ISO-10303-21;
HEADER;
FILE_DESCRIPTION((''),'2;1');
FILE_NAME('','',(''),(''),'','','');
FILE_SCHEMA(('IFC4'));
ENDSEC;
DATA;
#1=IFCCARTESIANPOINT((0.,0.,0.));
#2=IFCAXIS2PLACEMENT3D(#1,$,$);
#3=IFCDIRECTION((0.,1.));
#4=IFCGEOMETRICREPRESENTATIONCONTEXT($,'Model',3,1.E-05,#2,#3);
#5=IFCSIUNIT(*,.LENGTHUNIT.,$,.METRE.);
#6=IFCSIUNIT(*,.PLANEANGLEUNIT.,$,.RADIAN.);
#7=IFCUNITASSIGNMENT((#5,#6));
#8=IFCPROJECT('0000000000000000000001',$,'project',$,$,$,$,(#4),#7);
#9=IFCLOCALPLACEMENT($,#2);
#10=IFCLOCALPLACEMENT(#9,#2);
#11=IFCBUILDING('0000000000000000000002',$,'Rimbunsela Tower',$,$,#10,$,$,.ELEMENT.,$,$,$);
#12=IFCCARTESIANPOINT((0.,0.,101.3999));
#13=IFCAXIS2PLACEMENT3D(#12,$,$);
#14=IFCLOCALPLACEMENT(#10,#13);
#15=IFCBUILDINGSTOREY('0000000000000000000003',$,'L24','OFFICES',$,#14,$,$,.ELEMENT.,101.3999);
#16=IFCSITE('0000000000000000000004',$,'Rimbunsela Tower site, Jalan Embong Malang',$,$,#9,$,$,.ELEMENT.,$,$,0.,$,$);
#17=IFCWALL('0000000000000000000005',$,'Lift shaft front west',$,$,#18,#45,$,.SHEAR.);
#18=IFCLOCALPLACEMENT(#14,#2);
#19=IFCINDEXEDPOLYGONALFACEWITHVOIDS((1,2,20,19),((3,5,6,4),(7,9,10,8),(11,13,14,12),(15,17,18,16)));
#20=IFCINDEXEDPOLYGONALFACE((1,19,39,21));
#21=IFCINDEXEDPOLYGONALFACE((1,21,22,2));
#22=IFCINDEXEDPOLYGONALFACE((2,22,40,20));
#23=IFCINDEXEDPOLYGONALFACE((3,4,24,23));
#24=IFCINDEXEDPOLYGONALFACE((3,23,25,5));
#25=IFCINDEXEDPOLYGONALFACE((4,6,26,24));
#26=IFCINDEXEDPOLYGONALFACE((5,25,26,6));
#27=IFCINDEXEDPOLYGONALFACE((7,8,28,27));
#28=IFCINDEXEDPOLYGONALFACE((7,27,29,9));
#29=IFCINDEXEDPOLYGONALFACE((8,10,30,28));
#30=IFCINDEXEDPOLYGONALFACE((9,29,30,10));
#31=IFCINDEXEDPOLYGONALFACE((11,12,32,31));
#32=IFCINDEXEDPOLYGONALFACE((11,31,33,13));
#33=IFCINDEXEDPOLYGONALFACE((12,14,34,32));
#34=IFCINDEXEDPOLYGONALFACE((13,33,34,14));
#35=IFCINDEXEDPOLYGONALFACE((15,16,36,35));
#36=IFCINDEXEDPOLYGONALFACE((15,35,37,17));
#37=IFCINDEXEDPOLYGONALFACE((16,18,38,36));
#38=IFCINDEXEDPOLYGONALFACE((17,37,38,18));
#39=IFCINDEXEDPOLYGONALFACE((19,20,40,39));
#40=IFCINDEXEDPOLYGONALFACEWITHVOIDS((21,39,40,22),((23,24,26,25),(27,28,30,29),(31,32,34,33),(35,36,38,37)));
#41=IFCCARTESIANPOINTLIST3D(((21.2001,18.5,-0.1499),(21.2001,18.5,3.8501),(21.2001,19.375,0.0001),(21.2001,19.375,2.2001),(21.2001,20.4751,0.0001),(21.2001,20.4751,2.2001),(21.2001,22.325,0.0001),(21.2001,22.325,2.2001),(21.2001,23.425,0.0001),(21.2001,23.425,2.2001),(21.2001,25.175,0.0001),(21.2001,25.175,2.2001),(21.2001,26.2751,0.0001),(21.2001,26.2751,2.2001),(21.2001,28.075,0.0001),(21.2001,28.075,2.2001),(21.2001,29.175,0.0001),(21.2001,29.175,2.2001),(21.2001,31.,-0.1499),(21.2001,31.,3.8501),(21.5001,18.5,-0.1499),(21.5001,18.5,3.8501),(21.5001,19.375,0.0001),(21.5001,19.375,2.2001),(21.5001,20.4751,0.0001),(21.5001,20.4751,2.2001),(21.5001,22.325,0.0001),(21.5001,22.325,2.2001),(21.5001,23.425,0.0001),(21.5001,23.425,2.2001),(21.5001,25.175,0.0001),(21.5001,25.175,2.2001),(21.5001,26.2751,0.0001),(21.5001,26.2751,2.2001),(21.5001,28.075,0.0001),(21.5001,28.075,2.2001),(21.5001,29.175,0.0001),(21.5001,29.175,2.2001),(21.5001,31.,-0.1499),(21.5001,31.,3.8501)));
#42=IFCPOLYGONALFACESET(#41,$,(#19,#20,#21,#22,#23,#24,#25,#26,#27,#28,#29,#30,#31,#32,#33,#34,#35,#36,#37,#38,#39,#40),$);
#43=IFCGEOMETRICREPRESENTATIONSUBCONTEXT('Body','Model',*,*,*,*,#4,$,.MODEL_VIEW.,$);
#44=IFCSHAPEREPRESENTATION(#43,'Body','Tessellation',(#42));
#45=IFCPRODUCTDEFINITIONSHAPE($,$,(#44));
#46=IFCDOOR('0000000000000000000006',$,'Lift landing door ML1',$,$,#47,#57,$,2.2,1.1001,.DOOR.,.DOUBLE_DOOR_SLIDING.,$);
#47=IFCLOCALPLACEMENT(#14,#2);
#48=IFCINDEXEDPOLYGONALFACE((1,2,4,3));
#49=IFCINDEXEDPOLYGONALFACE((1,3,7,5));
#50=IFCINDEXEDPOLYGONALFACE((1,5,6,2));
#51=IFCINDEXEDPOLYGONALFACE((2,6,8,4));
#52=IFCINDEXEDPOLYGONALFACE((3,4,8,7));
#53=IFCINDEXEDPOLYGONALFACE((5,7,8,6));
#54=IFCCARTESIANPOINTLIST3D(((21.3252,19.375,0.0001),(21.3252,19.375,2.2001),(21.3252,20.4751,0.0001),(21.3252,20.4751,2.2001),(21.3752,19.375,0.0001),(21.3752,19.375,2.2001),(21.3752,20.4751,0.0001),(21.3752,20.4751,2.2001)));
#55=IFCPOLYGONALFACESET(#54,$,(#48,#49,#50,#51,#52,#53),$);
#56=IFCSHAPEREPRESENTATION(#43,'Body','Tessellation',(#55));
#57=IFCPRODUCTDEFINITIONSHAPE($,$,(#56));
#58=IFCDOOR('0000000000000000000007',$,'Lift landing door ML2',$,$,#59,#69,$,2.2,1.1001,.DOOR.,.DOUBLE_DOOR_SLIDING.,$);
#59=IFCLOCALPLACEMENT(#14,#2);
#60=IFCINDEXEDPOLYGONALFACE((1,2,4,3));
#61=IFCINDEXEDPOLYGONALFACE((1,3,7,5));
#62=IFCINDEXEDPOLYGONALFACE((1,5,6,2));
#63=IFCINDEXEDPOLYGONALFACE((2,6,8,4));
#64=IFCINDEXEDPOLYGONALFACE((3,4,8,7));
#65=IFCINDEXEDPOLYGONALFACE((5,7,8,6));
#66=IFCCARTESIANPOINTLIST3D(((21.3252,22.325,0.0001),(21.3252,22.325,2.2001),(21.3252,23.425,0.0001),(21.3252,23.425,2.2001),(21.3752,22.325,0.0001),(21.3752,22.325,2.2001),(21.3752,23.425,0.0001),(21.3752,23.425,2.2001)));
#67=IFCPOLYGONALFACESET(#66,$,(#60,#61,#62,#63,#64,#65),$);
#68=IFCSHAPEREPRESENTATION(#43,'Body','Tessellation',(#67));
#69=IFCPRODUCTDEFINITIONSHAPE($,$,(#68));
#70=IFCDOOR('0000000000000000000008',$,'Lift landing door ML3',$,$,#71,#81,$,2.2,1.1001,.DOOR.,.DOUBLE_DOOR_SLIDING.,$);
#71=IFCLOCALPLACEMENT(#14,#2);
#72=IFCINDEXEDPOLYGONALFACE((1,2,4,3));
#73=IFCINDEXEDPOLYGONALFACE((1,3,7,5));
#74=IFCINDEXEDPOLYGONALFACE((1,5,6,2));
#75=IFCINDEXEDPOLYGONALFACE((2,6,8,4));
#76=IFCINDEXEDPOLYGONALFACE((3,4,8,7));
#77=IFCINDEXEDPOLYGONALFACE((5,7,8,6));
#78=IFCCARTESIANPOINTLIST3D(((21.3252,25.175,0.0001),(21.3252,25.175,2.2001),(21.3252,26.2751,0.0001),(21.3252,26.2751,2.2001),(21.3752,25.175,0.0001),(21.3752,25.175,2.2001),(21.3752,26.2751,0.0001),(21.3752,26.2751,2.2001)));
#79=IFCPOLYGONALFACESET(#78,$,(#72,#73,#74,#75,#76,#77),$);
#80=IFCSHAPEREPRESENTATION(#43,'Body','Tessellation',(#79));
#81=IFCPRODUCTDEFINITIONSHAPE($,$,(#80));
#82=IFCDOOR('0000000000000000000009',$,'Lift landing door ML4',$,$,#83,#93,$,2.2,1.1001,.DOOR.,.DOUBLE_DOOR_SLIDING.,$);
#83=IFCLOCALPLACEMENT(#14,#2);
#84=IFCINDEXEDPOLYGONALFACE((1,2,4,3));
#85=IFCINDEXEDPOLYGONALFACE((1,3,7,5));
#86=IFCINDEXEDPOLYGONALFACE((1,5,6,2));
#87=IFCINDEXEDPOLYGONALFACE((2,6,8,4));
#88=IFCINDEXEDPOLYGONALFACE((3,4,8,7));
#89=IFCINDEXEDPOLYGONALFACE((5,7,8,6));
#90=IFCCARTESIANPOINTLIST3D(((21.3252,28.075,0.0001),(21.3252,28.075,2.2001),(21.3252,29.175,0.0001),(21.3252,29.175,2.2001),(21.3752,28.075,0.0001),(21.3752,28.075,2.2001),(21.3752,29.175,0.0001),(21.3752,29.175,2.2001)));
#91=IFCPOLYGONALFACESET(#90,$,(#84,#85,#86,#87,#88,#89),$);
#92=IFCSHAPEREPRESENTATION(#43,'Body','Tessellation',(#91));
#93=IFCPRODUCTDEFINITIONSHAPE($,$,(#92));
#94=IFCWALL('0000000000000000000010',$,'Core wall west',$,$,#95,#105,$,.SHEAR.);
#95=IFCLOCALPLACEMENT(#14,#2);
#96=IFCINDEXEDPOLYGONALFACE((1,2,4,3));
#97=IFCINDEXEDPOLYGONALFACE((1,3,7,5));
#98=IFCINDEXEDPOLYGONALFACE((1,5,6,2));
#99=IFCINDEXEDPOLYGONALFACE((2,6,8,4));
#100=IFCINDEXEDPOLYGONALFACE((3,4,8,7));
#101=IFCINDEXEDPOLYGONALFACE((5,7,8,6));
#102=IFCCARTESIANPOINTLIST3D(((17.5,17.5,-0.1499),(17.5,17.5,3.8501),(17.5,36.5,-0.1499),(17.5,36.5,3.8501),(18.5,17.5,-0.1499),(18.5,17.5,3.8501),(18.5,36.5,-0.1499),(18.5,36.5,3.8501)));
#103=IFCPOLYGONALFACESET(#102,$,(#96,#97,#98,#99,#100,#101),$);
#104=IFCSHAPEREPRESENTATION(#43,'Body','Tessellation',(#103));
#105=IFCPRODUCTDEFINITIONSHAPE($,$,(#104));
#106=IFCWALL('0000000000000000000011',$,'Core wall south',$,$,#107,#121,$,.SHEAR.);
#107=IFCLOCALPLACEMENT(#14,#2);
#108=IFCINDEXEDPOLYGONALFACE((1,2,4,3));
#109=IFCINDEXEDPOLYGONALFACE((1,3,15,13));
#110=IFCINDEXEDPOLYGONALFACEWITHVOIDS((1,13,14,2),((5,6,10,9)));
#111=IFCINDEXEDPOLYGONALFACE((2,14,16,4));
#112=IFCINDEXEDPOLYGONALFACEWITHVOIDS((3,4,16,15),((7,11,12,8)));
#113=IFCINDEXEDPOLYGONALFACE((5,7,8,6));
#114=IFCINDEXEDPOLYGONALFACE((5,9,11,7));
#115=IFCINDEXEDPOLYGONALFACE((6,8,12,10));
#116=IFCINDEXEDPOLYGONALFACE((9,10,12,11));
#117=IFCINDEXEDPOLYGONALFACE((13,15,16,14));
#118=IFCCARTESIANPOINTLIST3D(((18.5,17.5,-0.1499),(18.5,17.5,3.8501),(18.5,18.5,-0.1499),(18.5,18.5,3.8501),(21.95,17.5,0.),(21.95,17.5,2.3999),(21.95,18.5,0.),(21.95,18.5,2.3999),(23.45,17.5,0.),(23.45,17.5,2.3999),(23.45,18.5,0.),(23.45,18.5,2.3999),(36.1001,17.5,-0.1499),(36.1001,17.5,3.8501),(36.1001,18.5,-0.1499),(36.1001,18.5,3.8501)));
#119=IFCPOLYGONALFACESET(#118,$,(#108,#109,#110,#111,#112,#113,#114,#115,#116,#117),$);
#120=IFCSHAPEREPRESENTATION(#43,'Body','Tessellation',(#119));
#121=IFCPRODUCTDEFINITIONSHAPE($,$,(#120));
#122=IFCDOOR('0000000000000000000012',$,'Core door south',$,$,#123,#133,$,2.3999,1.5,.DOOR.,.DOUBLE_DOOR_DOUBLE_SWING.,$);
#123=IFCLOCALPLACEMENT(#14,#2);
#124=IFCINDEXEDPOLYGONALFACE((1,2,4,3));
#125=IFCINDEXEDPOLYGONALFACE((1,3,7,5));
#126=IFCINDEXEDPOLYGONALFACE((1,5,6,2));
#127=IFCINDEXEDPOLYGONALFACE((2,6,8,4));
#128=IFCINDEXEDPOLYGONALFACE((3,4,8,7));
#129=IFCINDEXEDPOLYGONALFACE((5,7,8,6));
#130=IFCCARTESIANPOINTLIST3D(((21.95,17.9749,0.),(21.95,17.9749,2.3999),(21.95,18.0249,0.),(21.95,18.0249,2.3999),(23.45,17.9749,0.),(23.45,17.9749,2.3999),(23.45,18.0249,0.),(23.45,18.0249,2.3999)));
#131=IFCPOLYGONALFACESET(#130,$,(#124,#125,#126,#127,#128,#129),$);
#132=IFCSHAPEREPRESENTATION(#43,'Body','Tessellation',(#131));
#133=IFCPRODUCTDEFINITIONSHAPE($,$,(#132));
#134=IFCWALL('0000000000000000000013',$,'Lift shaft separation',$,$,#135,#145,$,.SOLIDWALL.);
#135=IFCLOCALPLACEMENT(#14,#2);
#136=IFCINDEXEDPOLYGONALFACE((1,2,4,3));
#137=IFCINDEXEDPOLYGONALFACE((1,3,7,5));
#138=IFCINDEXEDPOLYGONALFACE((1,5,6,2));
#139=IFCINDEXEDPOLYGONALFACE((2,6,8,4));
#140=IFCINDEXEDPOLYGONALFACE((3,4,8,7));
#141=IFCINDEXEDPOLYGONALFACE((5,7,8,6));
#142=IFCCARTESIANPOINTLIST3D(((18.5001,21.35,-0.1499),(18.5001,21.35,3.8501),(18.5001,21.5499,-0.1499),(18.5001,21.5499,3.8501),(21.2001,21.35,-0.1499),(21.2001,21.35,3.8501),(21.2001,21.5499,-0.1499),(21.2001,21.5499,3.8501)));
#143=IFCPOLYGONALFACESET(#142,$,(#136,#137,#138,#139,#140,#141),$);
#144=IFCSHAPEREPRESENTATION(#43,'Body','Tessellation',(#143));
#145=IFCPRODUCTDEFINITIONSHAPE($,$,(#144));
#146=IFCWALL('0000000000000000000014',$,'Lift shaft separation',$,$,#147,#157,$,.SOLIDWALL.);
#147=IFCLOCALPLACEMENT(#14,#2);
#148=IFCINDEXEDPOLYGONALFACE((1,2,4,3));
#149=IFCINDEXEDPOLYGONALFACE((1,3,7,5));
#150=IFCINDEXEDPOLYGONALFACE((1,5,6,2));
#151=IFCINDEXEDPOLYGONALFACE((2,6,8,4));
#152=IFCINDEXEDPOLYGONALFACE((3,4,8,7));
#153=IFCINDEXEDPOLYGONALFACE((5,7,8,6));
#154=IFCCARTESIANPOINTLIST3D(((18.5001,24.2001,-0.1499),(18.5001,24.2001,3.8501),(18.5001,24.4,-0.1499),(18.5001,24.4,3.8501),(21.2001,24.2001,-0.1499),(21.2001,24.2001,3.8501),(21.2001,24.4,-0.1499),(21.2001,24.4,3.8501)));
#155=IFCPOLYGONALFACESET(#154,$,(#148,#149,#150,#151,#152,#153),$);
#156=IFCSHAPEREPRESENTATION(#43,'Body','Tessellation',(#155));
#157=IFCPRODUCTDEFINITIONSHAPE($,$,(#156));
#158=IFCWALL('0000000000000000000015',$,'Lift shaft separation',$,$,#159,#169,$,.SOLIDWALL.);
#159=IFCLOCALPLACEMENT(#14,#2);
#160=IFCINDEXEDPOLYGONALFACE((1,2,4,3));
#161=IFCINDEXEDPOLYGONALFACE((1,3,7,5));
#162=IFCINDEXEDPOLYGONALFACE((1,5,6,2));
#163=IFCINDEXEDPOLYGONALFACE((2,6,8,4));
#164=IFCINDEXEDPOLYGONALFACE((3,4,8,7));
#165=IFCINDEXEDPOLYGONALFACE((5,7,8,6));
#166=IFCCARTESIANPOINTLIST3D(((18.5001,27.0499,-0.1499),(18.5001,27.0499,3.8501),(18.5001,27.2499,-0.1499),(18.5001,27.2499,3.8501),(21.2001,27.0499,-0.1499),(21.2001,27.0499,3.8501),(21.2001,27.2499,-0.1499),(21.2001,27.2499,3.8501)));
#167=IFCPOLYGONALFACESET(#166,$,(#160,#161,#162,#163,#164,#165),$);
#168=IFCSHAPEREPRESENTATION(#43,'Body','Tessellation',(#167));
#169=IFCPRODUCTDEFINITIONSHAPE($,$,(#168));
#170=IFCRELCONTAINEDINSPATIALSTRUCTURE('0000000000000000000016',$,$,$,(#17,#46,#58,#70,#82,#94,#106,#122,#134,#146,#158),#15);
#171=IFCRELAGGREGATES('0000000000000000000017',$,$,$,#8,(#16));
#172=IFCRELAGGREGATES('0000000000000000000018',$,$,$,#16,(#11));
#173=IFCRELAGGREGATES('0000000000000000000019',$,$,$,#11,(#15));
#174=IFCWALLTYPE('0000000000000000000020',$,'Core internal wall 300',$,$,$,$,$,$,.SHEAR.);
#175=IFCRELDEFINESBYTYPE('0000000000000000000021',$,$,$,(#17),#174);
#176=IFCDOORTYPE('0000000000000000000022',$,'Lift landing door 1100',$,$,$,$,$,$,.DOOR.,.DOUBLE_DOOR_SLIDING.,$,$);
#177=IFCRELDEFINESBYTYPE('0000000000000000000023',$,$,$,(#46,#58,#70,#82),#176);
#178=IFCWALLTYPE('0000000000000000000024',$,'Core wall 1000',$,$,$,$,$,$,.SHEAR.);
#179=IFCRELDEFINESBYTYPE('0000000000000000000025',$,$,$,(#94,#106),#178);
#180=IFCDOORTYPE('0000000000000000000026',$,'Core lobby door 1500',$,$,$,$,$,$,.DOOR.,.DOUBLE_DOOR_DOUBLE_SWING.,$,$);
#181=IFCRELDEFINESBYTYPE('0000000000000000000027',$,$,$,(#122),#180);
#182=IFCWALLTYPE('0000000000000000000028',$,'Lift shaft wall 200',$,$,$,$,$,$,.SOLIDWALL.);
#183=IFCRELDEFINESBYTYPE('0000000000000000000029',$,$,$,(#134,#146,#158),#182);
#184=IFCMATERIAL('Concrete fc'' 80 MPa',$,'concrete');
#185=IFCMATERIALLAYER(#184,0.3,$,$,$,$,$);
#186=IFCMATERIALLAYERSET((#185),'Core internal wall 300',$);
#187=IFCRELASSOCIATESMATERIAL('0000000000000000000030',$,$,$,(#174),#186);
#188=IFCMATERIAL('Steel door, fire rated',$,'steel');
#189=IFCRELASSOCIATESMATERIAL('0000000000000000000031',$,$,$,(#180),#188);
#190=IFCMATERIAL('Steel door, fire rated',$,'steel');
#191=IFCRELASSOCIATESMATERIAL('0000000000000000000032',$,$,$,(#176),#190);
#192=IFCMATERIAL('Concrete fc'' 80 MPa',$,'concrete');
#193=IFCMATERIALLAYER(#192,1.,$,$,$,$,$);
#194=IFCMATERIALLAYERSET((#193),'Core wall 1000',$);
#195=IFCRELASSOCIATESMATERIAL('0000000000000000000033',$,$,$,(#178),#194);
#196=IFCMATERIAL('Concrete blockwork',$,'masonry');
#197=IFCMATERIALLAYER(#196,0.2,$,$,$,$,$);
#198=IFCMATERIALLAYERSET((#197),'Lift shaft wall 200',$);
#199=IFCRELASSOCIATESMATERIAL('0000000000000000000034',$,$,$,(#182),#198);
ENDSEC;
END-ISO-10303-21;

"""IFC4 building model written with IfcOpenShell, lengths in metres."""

from ifc_helpers import new_model, si_unit, direction, frame, frame_2d, origin, place, context, subcontext, project, spatial, rectangle, extrude, material, layer, layer_set, type_object, element, fill, save


model = new_model("IFC4")

# Units and contexts
model_context = context("Model", 3, precision=1e-05, world=origin(), true_north=direction((0.0, 1.0)))
body_context = subcontext(model_context, "Body", "Model", "MODEL_VIEW")
ifc_project = project(units=[si_unit("LENGTHUNIT", "METRE"), si_unit("PLANEANGLEUNIT", "RADIAN")], contexts=[model_context])

# Site, building, storey
site_placement = place(None, origin())
site = spatial("IfcSite", under=ifc_project, at=site_placement, Name="Rimbunsela Tower site, Jalan Embong Malang", CompositionType="ELEMENT", RefElevation=0.0)
building_placement = place(site_placement, origin())
building = spatial("IfcBuilding", under=site, at=building_placement, Name="Rimbunsela Tower", CompositionType="ELEMENT")
storey_placement = place(building_placement, frame((0.0, 0.0, 101.3999)))
storey = spatial("IfcBuildingStorey", under=building, at=storey_placement, Name="L24", Description="OFFICES", CompositionType="ELEMENT", Elevation=101.3999)

# Shared definitions
ifc_material_1 = material(Name="Concrete fc' 80 MPa", Category="concrete")
ifc_layer_1 = layer(ifc_material_1, 0.3)
ifc_layer_set_1 = layer_set([ifc_layer_1], Name="Core internal wall 300")
wall_type_1 = type_object("IfcWallType", Name="Core internal wall 300", PredefinedType="SHEAR", material=ifc_layer_set_1)
ifc_material_2 = material(Name="Steel door, fire rated", Category="steel")
door_type_1 = type_object("IfcDoorType", Name="Core lobby door 1500", OperationType="DOUBLE_DOOR_DOUBLE_SWING", PredefinedType="DOOR", material=ifc_material_2)

# Wall, openings, doors
wall_1_placement = place(storey_placement, frame((21.3501, 18.5, -0.1499), z_axis=(0.0, 0.0, 1.0), x_axis=(0.0, 1.0, 0.0)))
wall_1 = element("IfcWall", 1, at=wall_1_placement, inside=storey, type_object=wall_type_1, Name="Lift shaft front west", PredefinedType="SHEAR", context=body_context, shape_type="SweptSolid", body=[
    extrude(rectangle(XDim=12.5, YDim=0.3, at=frame_2d((6.25, 0.0))), origin(), (0.0, 0.0, 1.0), 4.0),
])
opening_1_placement = place(wall_1_placement, frame((0.875, 0.0, 0.1499)))
opening_1 = element("IfcOpeningElement", 2, at=opening_1_placement, cuts=wall_1, PredefinedType="OPENING", context=body_context, shape_type="SweptSolid", body=[
    extrude(rectangle(XDim=1.1001, YDim=2.2, at=frame_2d((0.55, 1.1001))), frame((0.0, 0.1599, 0.0), z_axis=(0.0, -1.0, 0.0), x_axis=(1.0, 0.0, 0.0)), (0.0, 0.0, 1.0), 0.3201),
])
opening_2_placement = place(wall_1_placement, frame((3.825, 0.0, 0.1499)))
opening_2 = element("IfcOpeningElement", 3, at=opening_2_placement, cuts=wall_1, PredefinedType="OPENING", context=body_context, shape_type="SweptSolid", body=[
    extrude(rectangle(XDim=1.1001, YDim=2.2, at=frame_2d((0.55, 1.1001))), frame((0.0, 0.1599, 0.0), z_axis=(0.0, -1.0, 0.0), x_axis=(1.0, 0.0, 0.0)), (0.0, 0.0, 1.0), 0.3201),
])
opening_3_placement = place(wall_1_placement, frame((6.675, 0.0, 0.1499)))
opening_3 = element("IfcOpeningElement", 4, at=opening_3_placement, cuts=wall_1, PredefinedType="OPENING", context=body_context, shape_type="SweptSolid", body=[
    extrude(rectangle(XDim=1.1001, YDim=2.2, at=frame_2d((0.55, 1.1001))), frame((0.0, 0.1599, 0.0), z_axis=(0.0, -1.0, 0.0), x_axis=(1.0, 0.0, 0.0)), (0.0, 0.0, 1.0), 0.3201),
])
opening_4_placement = place(wall_1_placement, frame((9.575, 0.0, 0.1499)))
opening_4 = element("IfcOpeningElement", 5, at=opening_4_placement, cuts=wall_1, PredefinedType="OPENING", context=body_context, shape_type="SweptSolid", body=[
    extrude(rectangle(XDim=1.1001, YDim=2.2, at=frame_2d((0.55, 1.1001))), frame((0.0, 0.1599, 0.0), z_axis=(0.0, -1.0, 0.0), x_axis=(1.0, 0.0, 0.0)), (0.0, 0.0, 1.0), 0.3201),
])
ifc_material_3 = material(Name="Steel door, fire rated", Category="steel")
door_type_2 = type_object("IfcDoorType", Name="Lift landing door 1100", OperationType="DOUBLE_DOOR_SLIDING", PredefinedType="DOOR", material=ifc_material_3)
door_1_placement = place(opening_1_placement, origin())
door_1 = element("IfcDoor", 6, at=door_1_placement, inside=storey, type_object=door_type_2, Name="Lift landing door ML1", OperationType="DOUBLE_DOOR_SLIDING", OverallHeight=2.2, OverallWidth=1.1001, PredefinedType="DOOR", context=body_context, shape_type="SweptSolid", body=[
    extrude(rectangle(XDim=1.1001, YDim=2.2, at=frame_2d((0.55, 1.1001))), frame((0.0, 0.0249, 0.0), z_axis=(0.0, -1.0, 0.0), x_axis=(1.0, 0.0, 0.0)), (0.0, 0.0, 1.0), 0.05),
])
fill(opening_1, door_1)
door_2_placement = place(opening_2_placement, origin())
door_2 = element("IfcDoor", 7, at=door_2_placement, inside=storey, type_object=door_type_2, Name="Lift landing door ML2", OperationType="DOUBLE_DOOR_SLIDING", OverallHeight=2.2, OverallWidth=1.1001, PredefinedType="DOOR", context=body_context, shape_type="SweptSolid", body=[
    extrude(rectangle(XDim=1.1001, YDim=2.2, at=frame_2d((0.55, 1.1001))), frame((0.0, 0.0249, 0.0), z_axis=(0.0, -1.0, 0.0), x_axis=(1.0, 0.0, 0.0)), (0.0, 0.0, 1.0), 0.05),
])
fill(opening_2, door_2)
door_3_placement = place(opening_3_placement, origin())
door_3 = element("IfcDoor", 8, at=door_3_placement, inside=storey, type_object=door_type_2, Name="Lift landing door ML3", OperationType="DOUBLE_DOOR_SLIDING", OverallHeight=2.2, OverallWidth=1.1001, PredefinedType="DOOR", context=body_context, shape_type="SweptSolid", body=[
    extrude(rectangle(XDim=1.1001, YDim=2.2, at=frame_2d((0.55, 1.1001))), frame((0.0, 0.0249, 0.0), z_axis=(0.0, -1.0, 0.0), x_axis=(1.0, 0.0, 0.0)), (0.0, 0.0, 1.0), 0.05),
])
fill(opening_3, door_3)
door_4_placement = place(opening_4_placement, origin())
door_4 = element("IfcDoor", 9, at=door_4_placement, inside=storey, type_object=door_type_2, Name="Lift landing door ML4", OperationType="DOUBLE_DOOR_SLIDING", OverallHeight=2.2, OverallWidth=1.1001, PredefinedType="DOOR", context=body_context, shape_type="SweptSolid", body=[
    extrude(rectangle(XDim=1.1001, YDim=2.2, at=frame_2d((0.55, 1.1001))), frame((0.0, 0.0249, 0.0), z_axis=(0.0, -1.0, 0.0), x_axis=(1.0, 0.0, 0.0)), (0.0, 0.0, 1.0), 0.05),
])
fill(opening_4, door_4)

# Wall
ifc_material_4 = material(Name="Concrete fc' 80 MPa", Category="concrete")
ifc_layer_2 = layer(ifc_material_4, 1.0)
ifc_layer_set_2 = layer_set([ifc_layer_2], Name="Core wall 1000")
wall_type_2 = type_object("IfcWallType", Name="Core wall 1000", PredefinedType="SHEAR", material=ifc_layer_set_2)
wall_2_placement = place(storey_placement, frame((18.0, 17.5, -0.1499), z_axis=(0.0, 0.0, 1.0), x_axis=(0.0, 1.0, 0.0)))
element("IfcWall", 10, at=wall_2_placement, inside=storey, type_object=wall_type_2, Name="Core wall west", PredefinedType="SHEAR", context=body_context, shape_type="SweptSolid", body=[
    extrude(rectangle(XDim=19.0, YDim=1.0, at=frame_2d((9.5, 0.0))), origin(), (0.0, 0.0, 1.0), 4.0),
])

# Wall, opening, door
wall_3_placement = place(storey_placement, frame((18.5, 18.0, -0.1499), z_axis=(0.0, 0.0, 1.0), x_axis=(1.0, 0.0, 0.0)))
wall_3 = element("IfcWall", 11, at=wall_3_placement, inside=storey, type_object=wall_type_2, Name="Core wall south", PredefinedType="SHEAR", context=body_context, shape_type="SweptSolid", body=[
    extrude(rectangle(XDim=17.6001, YDim=1.0, at=frame_2d((8.8, 0.0))), origin(), (0.0, 0.0, 1.0), 4.0),
])
opening_5_placement = place(wall_3_placement, frame((3.45, 0.0, 0.1499)))
opening_5 = element("IfcOpeningElement", 12, at=opening_5_placement, cuts=wall_3, PredefinedType="OPENING", context=body_context, shape_type="SweptSolid", body=[
    extrude(rectangle(XDim=1.5, YDim=2.3999, at=frame_2d((0.75, 1.2))), frame((0.0, 0.51, 0.0), z_axis=(0.0, -1.0, 0.0), x_axis=(1.0, 0.0, 0.0)), (0.0, 0.0, 1.0), 1.02),
])
door_5_placement = place(opening_5_placement, origin())
door_5 = element("IfcDoor", 13, at=door_5_placement, inside=storey, type_object=door_type_1, Name="Core door south", OperationType="DOUBLE_DOOR_DOUBLE_SWING", OverallHeight=2.3999, OverallWidth=1.5, PredefinedType="DOOR", context=body_context, shape_type="SweptSolid", body=[
    extrude(rectangle(XDim=1.5, YDim=2.3999, at=frame_2d((0.75, 1.2))), frame((0.0, 0.0249, 0.0), z_axis=(0.0, -1.0, 0.0), x_axis=(1.0, 0.0, 0.0)), (0.0, 0.0, 1.0), 0.05),
])
fill(opening_5, door_5)

# Walls
ifc_material_5 = material(Name="Concrete blockwork", Category="masonry")
ifc_layer_3 = layer(ifc_material_5, 0.2)
ifc_layer_set_3 = layer_set([ifc_layer_3], Name="Lift shaft wall 200")
wall_type_3 = type_object("IfcWallType", Name="Lift shaft wall 200", PredefinedType="SOLIDWALL", material=ifc_layer_set_3)
for number, where, z_axis, x_axis, name in (
    (14, (18.5, 21.45, -0.1499), (0.0, 0.0, 1.0), (1.0, 0.0, 0.0), "Lift shaft separation"),
    (15, (18.5, 24.3, -0.1499), (0.0, 0.0, 1.0), (1.0, 0.0, 0.0), "Lift shaft separation"),
    (16, (18.5, 27.1499, -0.1499), (0.0, 0.0, 1.0), (1.0, 0.0, 0.0), "Lift shaft separation"),
):
    element("IfcWall", number, at=place(storey_placement, frame(where, z_axis=z_axis, x_axis=x_axis)), inside=storey, type_object=wall_type_3, Name=name, PredefinedType="SOLIDWALL", context=body_context, shape_type="SweptSolid", body=[
        extrude(rectangle(XDim=2.7, YDim=0.2, at=frame_2d((1.3501, 0.0))), origin(), (0.0, 0.0, 1.0), 4.0),
    ])

save(model, "model.ifc")
